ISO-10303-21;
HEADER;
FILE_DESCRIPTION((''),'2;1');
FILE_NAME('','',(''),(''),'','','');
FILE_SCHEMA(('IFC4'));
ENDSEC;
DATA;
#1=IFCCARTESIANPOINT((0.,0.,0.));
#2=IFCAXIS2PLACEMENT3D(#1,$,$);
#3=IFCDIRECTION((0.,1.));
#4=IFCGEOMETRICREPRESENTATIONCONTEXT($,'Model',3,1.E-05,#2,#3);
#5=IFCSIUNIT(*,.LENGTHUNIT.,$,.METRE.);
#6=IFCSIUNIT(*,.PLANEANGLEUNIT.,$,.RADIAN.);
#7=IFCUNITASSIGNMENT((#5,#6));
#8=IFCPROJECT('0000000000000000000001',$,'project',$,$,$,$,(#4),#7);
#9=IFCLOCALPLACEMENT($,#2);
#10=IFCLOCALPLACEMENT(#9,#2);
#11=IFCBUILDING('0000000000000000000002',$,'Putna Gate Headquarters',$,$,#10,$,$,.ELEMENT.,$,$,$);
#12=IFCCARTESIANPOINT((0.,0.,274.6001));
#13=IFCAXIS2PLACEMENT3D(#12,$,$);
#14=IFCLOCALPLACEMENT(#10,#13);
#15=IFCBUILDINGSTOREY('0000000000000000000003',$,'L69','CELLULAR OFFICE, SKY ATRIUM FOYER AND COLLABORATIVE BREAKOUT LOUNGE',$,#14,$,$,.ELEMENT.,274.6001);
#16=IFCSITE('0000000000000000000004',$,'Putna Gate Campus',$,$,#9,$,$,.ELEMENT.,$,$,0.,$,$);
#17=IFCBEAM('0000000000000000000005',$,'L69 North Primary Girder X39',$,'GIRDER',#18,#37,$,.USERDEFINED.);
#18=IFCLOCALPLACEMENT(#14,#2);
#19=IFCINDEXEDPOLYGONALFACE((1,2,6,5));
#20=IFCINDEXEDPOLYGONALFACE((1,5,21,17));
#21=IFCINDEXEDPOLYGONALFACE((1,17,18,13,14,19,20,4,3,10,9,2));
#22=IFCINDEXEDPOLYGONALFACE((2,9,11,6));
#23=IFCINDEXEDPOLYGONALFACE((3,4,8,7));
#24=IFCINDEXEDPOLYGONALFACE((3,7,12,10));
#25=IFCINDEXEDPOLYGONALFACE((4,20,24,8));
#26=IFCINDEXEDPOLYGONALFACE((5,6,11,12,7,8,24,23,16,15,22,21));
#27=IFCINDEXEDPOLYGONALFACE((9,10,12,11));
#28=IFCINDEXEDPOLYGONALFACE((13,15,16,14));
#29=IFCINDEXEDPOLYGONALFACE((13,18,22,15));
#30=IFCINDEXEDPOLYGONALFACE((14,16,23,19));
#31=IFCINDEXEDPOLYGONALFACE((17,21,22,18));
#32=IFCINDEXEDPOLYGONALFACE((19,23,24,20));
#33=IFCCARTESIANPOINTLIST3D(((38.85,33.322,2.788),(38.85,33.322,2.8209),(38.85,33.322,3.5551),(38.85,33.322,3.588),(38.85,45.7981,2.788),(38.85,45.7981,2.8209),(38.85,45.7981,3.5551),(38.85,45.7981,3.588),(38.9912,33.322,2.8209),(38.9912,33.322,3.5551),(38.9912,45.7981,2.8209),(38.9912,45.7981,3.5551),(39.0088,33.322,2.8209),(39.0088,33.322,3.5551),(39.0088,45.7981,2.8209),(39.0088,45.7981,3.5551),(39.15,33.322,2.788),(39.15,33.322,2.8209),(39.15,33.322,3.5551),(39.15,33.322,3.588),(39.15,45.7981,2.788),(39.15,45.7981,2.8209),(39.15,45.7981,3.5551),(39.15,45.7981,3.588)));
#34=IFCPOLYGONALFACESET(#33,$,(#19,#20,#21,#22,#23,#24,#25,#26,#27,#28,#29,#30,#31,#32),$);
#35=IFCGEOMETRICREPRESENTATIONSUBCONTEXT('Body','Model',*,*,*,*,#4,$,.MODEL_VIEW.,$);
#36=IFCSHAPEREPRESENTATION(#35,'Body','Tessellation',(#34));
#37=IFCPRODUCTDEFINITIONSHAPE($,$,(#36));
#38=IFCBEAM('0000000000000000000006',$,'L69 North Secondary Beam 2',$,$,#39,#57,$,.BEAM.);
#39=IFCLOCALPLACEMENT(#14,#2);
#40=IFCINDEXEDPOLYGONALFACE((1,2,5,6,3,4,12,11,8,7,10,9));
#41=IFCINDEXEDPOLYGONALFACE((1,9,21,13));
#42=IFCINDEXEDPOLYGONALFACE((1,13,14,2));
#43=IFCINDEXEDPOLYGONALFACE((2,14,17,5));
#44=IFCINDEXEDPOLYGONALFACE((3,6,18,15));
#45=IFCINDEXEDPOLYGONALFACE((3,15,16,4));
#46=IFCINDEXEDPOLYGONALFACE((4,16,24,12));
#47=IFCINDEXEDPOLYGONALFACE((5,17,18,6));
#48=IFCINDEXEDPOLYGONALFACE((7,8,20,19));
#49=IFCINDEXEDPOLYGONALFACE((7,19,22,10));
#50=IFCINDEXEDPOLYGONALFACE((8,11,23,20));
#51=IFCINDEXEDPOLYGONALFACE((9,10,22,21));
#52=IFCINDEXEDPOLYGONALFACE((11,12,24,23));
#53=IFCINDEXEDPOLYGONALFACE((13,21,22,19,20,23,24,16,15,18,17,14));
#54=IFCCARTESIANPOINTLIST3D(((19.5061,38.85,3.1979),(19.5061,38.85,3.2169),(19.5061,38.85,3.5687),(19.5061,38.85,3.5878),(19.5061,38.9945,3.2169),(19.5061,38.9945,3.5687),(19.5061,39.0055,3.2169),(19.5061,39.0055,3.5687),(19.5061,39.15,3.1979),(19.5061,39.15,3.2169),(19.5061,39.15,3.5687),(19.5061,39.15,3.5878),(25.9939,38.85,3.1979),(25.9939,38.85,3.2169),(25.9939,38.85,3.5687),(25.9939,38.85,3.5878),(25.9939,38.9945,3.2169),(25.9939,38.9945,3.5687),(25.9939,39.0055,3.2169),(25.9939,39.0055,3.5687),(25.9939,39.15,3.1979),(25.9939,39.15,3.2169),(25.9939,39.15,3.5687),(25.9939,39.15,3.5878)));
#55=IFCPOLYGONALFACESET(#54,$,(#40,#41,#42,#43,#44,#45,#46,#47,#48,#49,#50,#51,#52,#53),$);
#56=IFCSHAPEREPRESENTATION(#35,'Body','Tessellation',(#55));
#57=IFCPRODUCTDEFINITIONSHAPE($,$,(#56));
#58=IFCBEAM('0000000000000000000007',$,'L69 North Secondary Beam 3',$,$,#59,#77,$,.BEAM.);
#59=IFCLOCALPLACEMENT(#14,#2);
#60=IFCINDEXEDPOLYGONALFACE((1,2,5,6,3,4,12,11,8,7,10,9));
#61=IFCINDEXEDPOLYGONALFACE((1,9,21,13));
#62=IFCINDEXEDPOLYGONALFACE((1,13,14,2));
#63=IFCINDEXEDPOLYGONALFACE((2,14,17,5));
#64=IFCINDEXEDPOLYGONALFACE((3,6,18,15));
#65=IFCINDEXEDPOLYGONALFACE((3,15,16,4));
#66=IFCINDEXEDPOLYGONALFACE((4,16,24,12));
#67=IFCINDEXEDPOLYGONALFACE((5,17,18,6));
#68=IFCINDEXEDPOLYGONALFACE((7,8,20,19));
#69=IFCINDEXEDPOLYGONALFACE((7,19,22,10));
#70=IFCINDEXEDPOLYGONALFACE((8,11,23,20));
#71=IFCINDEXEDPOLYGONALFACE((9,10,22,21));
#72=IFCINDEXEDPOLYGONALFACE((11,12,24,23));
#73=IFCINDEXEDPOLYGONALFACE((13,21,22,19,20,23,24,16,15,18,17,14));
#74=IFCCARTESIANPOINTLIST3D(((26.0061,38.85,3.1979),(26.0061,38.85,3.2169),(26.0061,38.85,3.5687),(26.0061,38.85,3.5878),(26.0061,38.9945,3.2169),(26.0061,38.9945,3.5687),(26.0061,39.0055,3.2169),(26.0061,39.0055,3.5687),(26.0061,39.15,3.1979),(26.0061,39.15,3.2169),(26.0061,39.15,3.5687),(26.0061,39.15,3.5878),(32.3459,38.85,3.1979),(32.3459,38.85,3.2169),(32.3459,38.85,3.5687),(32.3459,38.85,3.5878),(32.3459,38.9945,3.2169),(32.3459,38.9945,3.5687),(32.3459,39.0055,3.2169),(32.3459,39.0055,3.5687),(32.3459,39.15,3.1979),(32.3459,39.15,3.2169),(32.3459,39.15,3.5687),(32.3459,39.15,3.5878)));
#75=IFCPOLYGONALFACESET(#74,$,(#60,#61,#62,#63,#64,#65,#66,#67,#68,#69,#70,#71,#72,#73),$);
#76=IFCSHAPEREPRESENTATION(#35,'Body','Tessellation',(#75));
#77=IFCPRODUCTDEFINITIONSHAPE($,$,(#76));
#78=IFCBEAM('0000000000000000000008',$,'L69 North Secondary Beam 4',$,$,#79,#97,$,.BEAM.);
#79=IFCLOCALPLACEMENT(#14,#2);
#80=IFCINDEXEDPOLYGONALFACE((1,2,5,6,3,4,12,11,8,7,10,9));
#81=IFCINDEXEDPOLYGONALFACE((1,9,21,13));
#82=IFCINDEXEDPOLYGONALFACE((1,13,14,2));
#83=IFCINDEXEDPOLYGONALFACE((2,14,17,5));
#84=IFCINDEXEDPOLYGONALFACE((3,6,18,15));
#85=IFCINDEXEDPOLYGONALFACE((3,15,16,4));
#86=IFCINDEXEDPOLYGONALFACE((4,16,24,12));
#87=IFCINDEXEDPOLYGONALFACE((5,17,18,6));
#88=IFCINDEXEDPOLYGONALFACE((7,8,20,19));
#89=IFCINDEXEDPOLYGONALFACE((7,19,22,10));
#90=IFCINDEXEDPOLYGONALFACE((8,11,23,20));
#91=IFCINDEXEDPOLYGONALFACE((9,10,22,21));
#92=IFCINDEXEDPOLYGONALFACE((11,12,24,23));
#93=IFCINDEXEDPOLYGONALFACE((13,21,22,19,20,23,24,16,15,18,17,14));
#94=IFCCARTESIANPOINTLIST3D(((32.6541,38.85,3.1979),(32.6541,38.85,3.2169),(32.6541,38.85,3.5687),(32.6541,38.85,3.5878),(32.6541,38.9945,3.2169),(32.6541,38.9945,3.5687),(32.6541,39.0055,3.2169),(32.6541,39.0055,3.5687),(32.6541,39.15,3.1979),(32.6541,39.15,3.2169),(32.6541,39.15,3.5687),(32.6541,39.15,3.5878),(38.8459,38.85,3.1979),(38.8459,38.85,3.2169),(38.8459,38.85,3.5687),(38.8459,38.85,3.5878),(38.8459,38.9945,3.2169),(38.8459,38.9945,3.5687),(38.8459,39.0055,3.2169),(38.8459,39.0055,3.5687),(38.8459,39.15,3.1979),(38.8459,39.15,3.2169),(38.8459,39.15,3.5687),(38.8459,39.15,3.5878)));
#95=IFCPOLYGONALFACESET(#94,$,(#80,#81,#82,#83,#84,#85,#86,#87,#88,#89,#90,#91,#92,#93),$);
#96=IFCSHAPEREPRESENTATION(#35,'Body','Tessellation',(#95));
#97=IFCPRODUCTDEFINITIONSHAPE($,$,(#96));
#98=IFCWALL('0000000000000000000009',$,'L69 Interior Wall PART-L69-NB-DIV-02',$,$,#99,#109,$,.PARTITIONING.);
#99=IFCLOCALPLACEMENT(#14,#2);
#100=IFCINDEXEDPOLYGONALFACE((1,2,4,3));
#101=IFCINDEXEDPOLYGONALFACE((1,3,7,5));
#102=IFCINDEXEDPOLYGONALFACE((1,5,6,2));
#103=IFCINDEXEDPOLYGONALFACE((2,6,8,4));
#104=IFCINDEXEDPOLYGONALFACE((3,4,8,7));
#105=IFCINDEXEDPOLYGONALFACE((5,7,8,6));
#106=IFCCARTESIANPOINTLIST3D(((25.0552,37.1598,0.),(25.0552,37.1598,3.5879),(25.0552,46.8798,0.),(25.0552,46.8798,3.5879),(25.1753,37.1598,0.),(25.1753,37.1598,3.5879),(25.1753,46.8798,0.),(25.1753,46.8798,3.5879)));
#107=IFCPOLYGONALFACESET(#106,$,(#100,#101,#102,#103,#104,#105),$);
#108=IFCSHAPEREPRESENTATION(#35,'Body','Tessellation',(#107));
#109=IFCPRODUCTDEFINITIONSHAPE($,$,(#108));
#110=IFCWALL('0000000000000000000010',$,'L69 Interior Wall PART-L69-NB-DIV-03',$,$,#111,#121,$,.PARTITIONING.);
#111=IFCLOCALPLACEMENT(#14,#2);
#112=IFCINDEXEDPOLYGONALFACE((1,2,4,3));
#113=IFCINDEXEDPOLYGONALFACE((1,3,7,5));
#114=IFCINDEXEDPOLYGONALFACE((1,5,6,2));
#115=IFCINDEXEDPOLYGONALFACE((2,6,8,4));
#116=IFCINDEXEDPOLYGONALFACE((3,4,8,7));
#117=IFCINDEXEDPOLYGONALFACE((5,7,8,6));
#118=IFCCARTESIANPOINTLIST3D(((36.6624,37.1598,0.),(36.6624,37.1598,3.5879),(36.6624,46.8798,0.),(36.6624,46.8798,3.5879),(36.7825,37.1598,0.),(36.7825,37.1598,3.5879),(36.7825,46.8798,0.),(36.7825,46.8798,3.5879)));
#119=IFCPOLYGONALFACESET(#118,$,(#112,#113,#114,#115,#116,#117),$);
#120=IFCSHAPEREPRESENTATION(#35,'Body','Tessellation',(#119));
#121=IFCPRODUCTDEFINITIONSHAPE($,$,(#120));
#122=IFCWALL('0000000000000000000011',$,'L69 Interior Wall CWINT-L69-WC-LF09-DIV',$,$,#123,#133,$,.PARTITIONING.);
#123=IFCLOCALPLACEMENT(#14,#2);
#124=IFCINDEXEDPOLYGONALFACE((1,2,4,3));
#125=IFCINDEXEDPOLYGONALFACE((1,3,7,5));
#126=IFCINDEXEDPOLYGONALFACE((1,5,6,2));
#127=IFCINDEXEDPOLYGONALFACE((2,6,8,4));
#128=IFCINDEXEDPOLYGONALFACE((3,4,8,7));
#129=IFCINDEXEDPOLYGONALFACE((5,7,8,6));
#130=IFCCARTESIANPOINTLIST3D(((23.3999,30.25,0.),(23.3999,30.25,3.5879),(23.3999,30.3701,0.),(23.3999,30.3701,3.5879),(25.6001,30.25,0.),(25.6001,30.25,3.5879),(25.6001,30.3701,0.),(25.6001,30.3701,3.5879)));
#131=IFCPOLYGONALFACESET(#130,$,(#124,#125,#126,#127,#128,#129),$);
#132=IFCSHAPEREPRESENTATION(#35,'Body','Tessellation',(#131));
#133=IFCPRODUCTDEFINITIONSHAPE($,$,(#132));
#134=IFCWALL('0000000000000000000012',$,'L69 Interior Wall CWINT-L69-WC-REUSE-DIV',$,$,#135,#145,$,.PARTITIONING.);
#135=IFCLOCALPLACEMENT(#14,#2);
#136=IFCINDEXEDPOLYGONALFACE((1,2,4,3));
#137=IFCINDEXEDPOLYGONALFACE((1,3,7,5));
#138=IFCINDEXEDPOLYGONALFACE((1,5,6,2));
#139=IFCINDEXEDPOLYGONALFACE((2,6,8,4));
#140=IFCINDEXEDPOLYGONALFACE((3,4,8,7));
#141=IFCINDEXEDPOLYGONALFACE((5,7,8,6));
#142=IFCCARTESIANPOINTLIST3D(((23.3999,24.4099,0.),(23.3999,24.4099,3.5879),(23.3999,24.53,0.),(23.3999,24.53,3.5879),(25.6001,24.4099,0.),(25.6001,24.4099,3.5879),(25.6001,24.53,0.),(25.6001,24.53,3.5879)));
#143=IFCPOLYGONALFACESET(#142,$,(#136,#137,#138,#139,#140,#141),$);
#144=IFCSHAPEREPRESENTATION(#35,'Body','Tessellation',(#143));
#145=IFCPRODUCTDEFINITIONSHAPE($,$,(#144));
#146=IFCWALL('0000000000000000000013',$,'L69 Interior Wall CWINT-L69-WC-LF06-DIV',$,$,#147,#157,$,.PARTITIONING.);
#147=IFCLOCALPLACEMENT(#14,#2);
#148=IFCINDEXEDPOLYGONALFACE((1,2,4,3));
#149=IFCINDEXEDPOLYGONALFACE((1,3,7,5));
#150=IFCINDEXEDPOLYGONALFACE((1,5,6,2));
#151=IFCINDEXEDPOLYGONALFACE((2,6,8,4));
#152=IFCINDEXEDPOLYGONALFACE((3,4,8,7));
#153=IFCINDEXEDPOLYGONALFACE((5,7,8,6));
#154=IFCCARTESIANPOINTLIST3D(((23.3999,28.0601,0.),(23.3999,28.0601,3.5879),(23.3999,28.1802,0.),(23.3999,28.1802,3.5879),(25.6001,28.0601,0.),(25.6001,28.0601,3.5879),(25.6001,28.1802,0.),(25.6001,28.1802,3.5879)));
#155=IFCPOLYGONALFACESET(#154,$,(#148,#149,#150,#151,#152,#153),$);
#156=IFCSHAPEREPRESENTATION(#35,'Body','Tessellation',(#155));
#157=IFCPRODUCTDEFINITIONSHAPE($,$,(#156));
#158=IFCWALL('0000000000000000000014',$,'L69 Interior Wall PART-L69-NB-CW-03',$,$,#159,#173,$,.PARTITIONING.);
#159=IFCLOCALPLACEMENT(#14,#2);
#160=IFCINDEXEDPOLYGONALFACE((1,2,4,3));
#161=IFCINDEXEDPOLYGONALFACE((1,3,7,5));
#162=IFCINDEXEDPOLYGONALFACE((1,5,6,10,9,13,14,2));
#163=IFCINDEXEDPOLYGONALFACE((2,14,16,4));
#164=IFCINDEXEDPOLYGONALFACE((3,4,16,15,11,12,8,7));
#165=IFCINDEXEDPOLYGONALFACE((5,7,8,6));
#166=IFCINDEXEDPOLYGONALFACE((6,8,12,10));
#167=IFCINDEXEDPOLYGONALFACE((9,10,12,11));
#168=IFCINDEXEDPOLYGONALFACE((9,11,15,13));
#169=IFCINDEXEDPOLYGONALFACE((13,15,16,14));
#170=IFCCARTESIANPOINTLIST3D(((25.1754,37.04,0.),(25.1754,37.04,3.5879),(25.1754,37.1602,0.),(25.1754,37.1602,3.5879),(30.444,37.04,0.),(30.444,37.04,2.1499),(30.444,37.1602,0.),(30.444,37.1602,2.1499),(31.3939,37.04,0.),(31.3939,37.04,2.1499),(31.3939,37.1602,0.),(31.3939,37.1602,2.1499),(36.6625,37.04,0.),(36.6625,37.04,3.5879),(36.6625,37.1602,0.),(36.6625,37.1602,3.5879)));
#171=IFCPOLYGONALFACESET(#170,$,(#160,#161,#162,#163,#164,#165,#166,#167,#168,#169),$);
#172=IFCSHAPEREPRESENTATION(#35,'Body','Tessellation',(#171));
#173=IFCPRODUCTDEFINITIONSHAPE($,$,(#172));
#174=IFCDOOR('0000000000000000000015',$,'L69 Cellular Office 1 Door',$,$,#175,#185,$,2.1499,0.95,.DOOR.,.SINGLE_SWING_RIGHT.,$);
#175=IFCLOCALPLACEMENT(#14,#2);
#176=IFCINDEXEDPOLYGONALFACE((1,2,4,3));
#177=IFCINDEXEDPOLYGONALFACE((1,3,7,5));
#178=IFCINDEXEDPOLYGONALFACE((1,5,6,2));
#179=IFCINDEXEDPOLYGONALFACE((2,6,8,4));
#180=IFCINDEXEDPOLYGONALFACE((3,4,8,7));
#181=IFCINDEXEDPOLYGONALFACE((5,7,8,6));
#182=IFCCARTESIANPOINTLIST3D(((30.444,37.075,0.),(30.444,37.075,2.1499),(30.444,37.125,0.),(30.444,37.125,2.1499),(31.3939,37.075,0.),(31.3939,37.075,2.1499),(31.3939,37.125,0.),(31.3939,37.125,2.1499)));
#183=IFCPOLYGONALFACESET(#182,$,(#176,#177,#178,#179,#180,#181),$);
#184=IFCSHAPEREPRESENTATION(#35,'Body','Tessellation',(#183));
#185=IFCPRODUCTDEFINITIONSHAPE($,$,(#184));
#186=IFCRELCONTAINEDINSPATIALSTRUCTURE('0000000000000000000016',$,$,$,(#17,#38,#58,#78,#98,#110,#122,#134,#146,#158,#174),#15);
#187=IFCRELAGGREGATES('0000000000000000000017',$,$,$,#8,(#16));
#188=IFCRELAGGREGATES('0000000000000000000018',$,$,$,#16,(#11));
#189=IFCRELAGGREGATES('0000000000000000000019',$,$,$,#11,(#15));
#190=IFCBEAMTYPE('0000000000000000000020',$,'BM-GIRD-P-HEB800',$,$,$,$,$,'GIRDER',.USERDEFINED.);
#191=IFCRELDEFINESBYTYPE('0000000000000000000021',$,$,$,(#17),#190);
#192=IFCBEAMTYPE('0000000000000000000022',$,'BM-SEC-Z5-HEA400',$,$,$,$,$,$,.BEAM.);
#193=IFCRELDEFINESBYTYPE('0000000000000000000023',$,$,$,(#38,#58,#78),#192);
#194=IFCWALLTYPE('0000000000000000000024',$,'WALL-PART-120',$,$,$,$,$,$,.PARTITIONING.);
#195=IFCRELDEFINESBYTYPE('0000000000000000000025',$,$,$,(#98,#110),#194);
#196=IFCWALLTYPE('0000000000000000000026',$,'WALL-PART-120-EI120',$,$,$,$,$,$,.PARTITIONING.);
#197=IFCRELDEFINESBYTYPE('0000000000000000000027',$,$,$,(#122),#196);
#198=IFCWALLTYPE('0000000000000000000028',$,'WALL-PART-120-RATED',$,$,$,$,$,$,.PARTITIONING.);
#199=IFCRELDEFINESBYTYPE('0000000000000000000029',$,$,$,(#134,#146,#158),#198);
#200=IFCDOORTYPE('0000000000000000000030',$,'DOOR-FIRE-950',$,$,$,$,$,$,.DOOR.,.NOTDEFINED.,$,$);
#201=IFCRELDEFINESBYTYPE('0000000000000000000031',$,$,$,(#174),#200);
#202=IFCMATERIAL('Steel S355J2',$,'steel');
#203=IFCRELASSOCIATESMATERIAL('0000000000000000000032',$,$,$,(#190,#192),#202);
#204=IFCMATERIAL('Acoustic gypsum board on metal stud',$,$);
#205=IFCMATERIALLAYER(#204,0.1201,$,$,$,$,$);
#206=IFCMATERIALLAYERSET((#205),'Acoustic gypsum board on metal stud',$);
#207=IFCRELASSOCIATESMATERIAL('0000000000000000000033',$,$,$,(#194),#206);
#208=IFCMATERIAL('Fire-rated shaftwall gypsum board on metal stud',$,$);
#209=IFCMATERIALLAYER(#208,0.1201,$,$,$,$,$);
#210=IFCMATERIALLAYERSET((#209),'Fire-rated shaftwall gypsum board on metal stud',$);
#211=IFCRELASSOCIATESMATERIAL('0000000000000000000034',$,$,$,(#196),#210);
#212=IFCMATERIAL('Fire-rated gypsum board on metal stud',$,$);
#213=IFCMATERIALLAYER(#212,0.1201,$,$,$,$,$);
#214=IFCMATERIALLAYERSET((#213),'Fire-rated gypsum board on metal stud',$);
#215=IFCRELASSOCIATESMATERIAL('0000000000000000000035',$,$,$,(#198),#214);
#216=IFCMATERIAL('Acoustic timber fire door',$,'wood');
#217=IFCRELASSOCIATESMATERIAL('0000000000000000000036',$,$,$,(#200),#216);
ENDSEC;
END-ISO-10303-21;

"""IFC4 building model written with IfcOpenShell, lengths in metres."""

from ifc_helpers import new_model, si_unit, direction, frame, frame_2d, origin, origin_2d, place, context, subcontext, project, spatial, rectangle, i_section, extrude, material, layer, layer_set, material_profile, profile_set, type_object, element, fill, save


model = new_model("IFC4")

# Units and contexts
model_context = context("Model", 3, precision=1e-05, world=origin(), true_north=direction((0.0, 1.0)))
body_context = subcontext(model_context, "Body", "Model", "MODEL_VIEW")
ifc_project = project(units=[si_unit("LENGTHUNIT", "METRE"), si_unit("PLANEANGLEUNIT", "RADIAN")], contexts=[model_context])

# Site, building, storey
site_placement = place(None, origin())
site = spatial("IfcSite", under=ifc_project, at=site_placement, Name="Putna Gate Campus", CompositionType="ELEMENT", RefElevation=0.0)
building_placement = place(site_placement, origin())
building = spatial("IfcBuilding", under=site, at=building_placement, Name="Putna Gate Headquarters", CompositionType="ELEMENT")
storey_placement = place(building_placement, frame((0.0, 0.0, 274.6001)))
storey = spatial("IfcBuildingStorey", under=building, at=storey_placement, Name="L69", Description="CELLULAR OFFICE, SKY ATRIUM FOYER AND COLLABORATIVE BREAKOUT LOUNGE", CompositionType="ELEMENT", Elevation=274.6001)

# Beams
ifc_material_1 = material(Name="Steel S355J2", Category="steel")
ifc_material_profile_1 = material_profile(ifc_material_1, i_section(OverallWidth=0.3, OverallDepth=0.8, WebThickness=0.0176, FlangeThickness=0.033, at=origin_2d()), Name="Steel S355J2")
ifc_profile_set_1 = profile_set([ifc_material_profile_1], Name="Steel S355J2")
beam_type_1 = type_object("IfcBeamType", Name="BM-GIRD-P-HEB800", ElementType="GIRDER", PredefinedType="USERDEFINED", material=ifc_profile_set_1)
for number, where, z_axis, x_axis, name in (
    (1, (39.0, 33.322, 3.188), (0.0, 1.0, 0.0), (-1.0, 0.0, 0.0), "L69 North Primary Girder X39"),
):
    element("IfcBeam", number, at=place(storey_placement, frame(where, z_axis=z_axis, x_axis=x_axis)), inside=storey, type_object=beam_type_1, Name=name, ObjectType="GIRDER", PredefinedType="USERDEFINED", context=body_context, shape_type="SweptSolid", body=[
        extrude(i_section(OverallWidth=0.3, OverallDepth=0.8, WebThickness=0.0176, FlangeThickness=0.033, at=origin_2d()), origin(), (0.0, 0.0, 1.0), 12.4761),
    ])
ifc_material_profile_2 = material_profile(ifc_material_1, i_section(OverallWidth=0.3, OverallDepth=0.3899, WebThickness=0.011, FlangeThickness=0.019, at=origin_2d()), Name="Steel S355J2")
ifc_profile_set_2 = profile_set([ifc_material_profile_2], Name="Steel S355J2")
beam_type_2 = type_object("IfcBeamType", Name="BM-SEC-Z5-HEA400", PredefinedType="BEAM", material=ifc_profile_set_2)
beam_1_placement = place(storey_placement, frame((19.5061, 39.0, 3.3928), z_axis=(1.0, 0.0, 0.0), x_axis=(0.0, 1.0, 0.0)))
element("IfcBeam", 2, at=beam_1_placement, inside=storey, type_object=beam_type_2, Name="L69 North Secondary Beam 2", PredefinedType="BEAM", context=body_context, shape_type="SweptSolid", body=[
    extrude(i_section(OverallWidth=0.3, OverallDepth=0.3899, WebThickness=0.011, FlangeThickness=0.019, at=origin_2d()), origin(), (0.0, 0.0, 1.0), 6.4878),
])
beam_2_placement = place(storey_placement, frame((26.0061, 39.0, 3.3928), z_axis=(1.0, 0.0, 0.0), x_axis=(0.0, 1.0, 0.0)))
element("IfcBeam", 3, at=beam_2_placement, inside=storey, type_object=beam_type_2, Name="L69 North Secondary Beam 3", PredefinedType="BEAM", context=body_context, shape_type="SweptSolid", body=[
    extrude(i_section(OverallWidth=0.3, OverallDepth=0.3899, WebThickness=0.011, FlangeThickness=0.019, at=origin_2d()), origin(), (0.0, 0.0, 1.0), 6.3398),
])
beam_3_placement = place(storey_placement, frame((32.6541, 39.0, 3.3928), z_axis=(1.0, 0.0, 0.0), x_axis=(0.0, 1.0, 0.0)))
element("IfcBeam", 4, at=beam_3_placement, inside=storey, type_object=beam_type_2, Name="L69 North Secondary Beam 4", PredefinedType="BEAM", context=body_context, shape_type="SweptSolid", body=[
    extrude(i_section(OverallWidth=0.3, OverallDepth=0.3899, WebThickness=0.011, FlangeThickness=0.019, at=origin_2d()), origin(), (0.0, 0.0, 1.0), 6.1919),
])

# Walls
ifc_material_2 = material(Name="Acoustic gypsum board on metal stud")
ifc_layer_1 = layer(ifc_material_2, 0.1201)
ifc_layer_set_1 = layer_set([ifc_layer_1], Name="Acoustic gypsum board on metal stud")
wall_type_1 = type_object("IfcWallType", Name="WALL-PART-120", PredefinedType="PARTITIONING", material=ifc_layer_set_1)
for number, where, z_axis, x_axis, name in (
    (5, (25.1152, 37.1599, 0.0), (0.0, 0.0, 1.0), (0.0, 1.0, 0.0), "L69 Interior Wall PART-L69-NB-DIV-02"),
    (6, (36.7224, 37.1599, 0.0), (0.0, 0.0, 1.0), (0.0, 1.0, 0.0), "L69 Interior Wall PART-L69-NB-DIV-03"),
):
    element("IfcWall", number, at=place(storey_placement, frame(where, z_axis=z_axis, x_axis=x_axis)), inside=storey, type_object=wall_type_1, Name=name, PredefinedType="PARTITIONING", context=body_context, shape_type="SweptSolid", body=[
        extrude(rectangle(XDim=9.72, YDim=0.1201, at=frame_2d((4.8599, 0.0))), origin(), (0.0, 0.0, 1.0), 3.5879),
    ])
ifc_material_3 = material(Name="Fire-rated shaftwall gypsum board on metal stud")
ifc_layer_2 = layer(ifc_material_3, 0.1201)
ifc_layer_set_2 = layer_set([ifc_layer_2], Name="Fire-rated shaftwall gypsum board on metal stud")
wall_type_2 = type_object("IfcWallType", Name="WALL-PART-120-EI120", PredefinedType="PARTITIONING", material=ifc_layer_set_2)
wall_1_placement = place(storey_placement, frame((23.3999, 30.3101, 0.0), z_axis=(0.0, 0.0, 1.0), x_axis=(1.0, 0.0, 0.0)))
element("IfcWall", 7, at=wall_1_placement, inside=storey, type_object=wall_type_2, Name="L69 Interior Wall CWINT-L69-WC-LF09-DIV", PredefinedType="PARTITIONING", context=body_context, shape_type="SweptSolid", body=[
    extrude(rectangle(XDim=2.2002, YDim=0.1201, at=frame_2d((1.1001, 0.0))), origin(), (0.0, 0.0, 1.0), 3.5879),
])
ifc_material_4 = material(Name="Fire-rated gypsum board on metal stud")
ifc_layer_3 = layer(ifc_material_4, 0.1201)
ifc_layer_set_3 = layer_set([ifc_layer_3], Name="Fire-rated gypsum board on metal stud")
wall_type_3 = type_object("IfcWallType", Name="WALL-PART-120-RATED", PredefinedType="PARTITIONING", material=ifc_layer_set_3)
for number, where, z_axis, x_axis, name in (
    (8, (23.3999, 24.47, 0.0), (0.0, 0.0, 1.0), (1.0, 0.0, 0.0), "L69 Interior Wall CWINT-L69-WC-REUSE-DIV"),
    (9, (23.3999, 28.1201, 0.0), (0.0, 0.0, 1.0), (1.0, 0.0, 0.0), "L69 Interior Wall CWINT-L69-WC-LF06-DIV"),
):
    element("IfcWall", number, at=place(storey_placement, frame(where, z_axis=z_axis, x_axis=x_axis)), inside=storey, type_object=wall_type_3, Name=name, PredefinedType="PARTITIONING", context=body_context, shape_type="SweptSolid", body=[
        extrude(rectangle(XDim=2.2002, YDim=0.1201, at=frame_2d((1.1001, 0.0))), origin(), (0.0, 0.0, 1.0), 3.5879),
    ])

# Wall, opening, door
wall_2_placement = place(storey_placement, frame((25.1753, 37.1001, 0.0), z_axis=(0.0, 0.0, 1.0), x_axis=(1.0, 0.0, 0.0)))
wall_2 = element("IfcWall", 10, at=wall_2_placement, inside=storey, type_object=wall_type_3, Name="L69 Interior Wall PART-L69-NB-CW-03", PredefinedType="PARTITIONING", context=body_context, shape_type="SweptSolid", body=[
    extrude(rectangle(XDim=11.4871, YDim=0.1201, at=frame_2d((5.7437, 0.0))), origin(), (0.0, 0.0, 1.0), 3.5879),
])
opening_1_placement = place(wall_2_placement, frame((5.2686, 0.0, 0.0)))
opening_1 = element("IfcOpeningElement", 11, at=opening_1_placement, cuts=wall_2, PredefinedType="OPENING", context=body_context, shape_type="SweptSolid", body=[
    extrude(rectangle(XDim=0.95, YDim=2.1499, at=frame_2d((0.4751, 1.075))), frame((0.0, 0.0701, 0.0), z_axis=(0.0, -1.0, 0.0), x_axis=(1.0, 0.0, 0.0)), (0.0, 0.0, 1.0), 0.1401),
])
ifc_material_5 = material(Name="Acoustic timber fire door", Category="wood")
door_type = type_object("IfcDoorType", Name="DOOR-FIRE-950", OperationType="NOTDEFINED", PredefinedType="DOOR", material=ifc_material_5)
door_1_placement = place(opening_1_placement, origin())
door_1 = element("IfcDoor", 12, at=door_1_placement, inside=storey, type_object=door_type, Name="L69 Cellular Office 1 Door", OperationType="SINGLE_SWING_RIGHT", OverallHeight=2.1499, OverallWidth=0.95, PredefinedType="DOOR", context=body_context, shape_type="SweptSolid", body=[
    extrude(rectangle(XDim=0.95, YDim=2.1499, at=frame_2d((0.4751, 1.075))), frame((0.0, 0.0249, 0.0), z_axis=(0.0, -1.0, 0.0), x_axis=(1.0, 0.0, 0.0)), (0.0, 0.0, 1.0), 0.05),
])
fill(opening_1, door_1)

save(model, "model.ifc")
